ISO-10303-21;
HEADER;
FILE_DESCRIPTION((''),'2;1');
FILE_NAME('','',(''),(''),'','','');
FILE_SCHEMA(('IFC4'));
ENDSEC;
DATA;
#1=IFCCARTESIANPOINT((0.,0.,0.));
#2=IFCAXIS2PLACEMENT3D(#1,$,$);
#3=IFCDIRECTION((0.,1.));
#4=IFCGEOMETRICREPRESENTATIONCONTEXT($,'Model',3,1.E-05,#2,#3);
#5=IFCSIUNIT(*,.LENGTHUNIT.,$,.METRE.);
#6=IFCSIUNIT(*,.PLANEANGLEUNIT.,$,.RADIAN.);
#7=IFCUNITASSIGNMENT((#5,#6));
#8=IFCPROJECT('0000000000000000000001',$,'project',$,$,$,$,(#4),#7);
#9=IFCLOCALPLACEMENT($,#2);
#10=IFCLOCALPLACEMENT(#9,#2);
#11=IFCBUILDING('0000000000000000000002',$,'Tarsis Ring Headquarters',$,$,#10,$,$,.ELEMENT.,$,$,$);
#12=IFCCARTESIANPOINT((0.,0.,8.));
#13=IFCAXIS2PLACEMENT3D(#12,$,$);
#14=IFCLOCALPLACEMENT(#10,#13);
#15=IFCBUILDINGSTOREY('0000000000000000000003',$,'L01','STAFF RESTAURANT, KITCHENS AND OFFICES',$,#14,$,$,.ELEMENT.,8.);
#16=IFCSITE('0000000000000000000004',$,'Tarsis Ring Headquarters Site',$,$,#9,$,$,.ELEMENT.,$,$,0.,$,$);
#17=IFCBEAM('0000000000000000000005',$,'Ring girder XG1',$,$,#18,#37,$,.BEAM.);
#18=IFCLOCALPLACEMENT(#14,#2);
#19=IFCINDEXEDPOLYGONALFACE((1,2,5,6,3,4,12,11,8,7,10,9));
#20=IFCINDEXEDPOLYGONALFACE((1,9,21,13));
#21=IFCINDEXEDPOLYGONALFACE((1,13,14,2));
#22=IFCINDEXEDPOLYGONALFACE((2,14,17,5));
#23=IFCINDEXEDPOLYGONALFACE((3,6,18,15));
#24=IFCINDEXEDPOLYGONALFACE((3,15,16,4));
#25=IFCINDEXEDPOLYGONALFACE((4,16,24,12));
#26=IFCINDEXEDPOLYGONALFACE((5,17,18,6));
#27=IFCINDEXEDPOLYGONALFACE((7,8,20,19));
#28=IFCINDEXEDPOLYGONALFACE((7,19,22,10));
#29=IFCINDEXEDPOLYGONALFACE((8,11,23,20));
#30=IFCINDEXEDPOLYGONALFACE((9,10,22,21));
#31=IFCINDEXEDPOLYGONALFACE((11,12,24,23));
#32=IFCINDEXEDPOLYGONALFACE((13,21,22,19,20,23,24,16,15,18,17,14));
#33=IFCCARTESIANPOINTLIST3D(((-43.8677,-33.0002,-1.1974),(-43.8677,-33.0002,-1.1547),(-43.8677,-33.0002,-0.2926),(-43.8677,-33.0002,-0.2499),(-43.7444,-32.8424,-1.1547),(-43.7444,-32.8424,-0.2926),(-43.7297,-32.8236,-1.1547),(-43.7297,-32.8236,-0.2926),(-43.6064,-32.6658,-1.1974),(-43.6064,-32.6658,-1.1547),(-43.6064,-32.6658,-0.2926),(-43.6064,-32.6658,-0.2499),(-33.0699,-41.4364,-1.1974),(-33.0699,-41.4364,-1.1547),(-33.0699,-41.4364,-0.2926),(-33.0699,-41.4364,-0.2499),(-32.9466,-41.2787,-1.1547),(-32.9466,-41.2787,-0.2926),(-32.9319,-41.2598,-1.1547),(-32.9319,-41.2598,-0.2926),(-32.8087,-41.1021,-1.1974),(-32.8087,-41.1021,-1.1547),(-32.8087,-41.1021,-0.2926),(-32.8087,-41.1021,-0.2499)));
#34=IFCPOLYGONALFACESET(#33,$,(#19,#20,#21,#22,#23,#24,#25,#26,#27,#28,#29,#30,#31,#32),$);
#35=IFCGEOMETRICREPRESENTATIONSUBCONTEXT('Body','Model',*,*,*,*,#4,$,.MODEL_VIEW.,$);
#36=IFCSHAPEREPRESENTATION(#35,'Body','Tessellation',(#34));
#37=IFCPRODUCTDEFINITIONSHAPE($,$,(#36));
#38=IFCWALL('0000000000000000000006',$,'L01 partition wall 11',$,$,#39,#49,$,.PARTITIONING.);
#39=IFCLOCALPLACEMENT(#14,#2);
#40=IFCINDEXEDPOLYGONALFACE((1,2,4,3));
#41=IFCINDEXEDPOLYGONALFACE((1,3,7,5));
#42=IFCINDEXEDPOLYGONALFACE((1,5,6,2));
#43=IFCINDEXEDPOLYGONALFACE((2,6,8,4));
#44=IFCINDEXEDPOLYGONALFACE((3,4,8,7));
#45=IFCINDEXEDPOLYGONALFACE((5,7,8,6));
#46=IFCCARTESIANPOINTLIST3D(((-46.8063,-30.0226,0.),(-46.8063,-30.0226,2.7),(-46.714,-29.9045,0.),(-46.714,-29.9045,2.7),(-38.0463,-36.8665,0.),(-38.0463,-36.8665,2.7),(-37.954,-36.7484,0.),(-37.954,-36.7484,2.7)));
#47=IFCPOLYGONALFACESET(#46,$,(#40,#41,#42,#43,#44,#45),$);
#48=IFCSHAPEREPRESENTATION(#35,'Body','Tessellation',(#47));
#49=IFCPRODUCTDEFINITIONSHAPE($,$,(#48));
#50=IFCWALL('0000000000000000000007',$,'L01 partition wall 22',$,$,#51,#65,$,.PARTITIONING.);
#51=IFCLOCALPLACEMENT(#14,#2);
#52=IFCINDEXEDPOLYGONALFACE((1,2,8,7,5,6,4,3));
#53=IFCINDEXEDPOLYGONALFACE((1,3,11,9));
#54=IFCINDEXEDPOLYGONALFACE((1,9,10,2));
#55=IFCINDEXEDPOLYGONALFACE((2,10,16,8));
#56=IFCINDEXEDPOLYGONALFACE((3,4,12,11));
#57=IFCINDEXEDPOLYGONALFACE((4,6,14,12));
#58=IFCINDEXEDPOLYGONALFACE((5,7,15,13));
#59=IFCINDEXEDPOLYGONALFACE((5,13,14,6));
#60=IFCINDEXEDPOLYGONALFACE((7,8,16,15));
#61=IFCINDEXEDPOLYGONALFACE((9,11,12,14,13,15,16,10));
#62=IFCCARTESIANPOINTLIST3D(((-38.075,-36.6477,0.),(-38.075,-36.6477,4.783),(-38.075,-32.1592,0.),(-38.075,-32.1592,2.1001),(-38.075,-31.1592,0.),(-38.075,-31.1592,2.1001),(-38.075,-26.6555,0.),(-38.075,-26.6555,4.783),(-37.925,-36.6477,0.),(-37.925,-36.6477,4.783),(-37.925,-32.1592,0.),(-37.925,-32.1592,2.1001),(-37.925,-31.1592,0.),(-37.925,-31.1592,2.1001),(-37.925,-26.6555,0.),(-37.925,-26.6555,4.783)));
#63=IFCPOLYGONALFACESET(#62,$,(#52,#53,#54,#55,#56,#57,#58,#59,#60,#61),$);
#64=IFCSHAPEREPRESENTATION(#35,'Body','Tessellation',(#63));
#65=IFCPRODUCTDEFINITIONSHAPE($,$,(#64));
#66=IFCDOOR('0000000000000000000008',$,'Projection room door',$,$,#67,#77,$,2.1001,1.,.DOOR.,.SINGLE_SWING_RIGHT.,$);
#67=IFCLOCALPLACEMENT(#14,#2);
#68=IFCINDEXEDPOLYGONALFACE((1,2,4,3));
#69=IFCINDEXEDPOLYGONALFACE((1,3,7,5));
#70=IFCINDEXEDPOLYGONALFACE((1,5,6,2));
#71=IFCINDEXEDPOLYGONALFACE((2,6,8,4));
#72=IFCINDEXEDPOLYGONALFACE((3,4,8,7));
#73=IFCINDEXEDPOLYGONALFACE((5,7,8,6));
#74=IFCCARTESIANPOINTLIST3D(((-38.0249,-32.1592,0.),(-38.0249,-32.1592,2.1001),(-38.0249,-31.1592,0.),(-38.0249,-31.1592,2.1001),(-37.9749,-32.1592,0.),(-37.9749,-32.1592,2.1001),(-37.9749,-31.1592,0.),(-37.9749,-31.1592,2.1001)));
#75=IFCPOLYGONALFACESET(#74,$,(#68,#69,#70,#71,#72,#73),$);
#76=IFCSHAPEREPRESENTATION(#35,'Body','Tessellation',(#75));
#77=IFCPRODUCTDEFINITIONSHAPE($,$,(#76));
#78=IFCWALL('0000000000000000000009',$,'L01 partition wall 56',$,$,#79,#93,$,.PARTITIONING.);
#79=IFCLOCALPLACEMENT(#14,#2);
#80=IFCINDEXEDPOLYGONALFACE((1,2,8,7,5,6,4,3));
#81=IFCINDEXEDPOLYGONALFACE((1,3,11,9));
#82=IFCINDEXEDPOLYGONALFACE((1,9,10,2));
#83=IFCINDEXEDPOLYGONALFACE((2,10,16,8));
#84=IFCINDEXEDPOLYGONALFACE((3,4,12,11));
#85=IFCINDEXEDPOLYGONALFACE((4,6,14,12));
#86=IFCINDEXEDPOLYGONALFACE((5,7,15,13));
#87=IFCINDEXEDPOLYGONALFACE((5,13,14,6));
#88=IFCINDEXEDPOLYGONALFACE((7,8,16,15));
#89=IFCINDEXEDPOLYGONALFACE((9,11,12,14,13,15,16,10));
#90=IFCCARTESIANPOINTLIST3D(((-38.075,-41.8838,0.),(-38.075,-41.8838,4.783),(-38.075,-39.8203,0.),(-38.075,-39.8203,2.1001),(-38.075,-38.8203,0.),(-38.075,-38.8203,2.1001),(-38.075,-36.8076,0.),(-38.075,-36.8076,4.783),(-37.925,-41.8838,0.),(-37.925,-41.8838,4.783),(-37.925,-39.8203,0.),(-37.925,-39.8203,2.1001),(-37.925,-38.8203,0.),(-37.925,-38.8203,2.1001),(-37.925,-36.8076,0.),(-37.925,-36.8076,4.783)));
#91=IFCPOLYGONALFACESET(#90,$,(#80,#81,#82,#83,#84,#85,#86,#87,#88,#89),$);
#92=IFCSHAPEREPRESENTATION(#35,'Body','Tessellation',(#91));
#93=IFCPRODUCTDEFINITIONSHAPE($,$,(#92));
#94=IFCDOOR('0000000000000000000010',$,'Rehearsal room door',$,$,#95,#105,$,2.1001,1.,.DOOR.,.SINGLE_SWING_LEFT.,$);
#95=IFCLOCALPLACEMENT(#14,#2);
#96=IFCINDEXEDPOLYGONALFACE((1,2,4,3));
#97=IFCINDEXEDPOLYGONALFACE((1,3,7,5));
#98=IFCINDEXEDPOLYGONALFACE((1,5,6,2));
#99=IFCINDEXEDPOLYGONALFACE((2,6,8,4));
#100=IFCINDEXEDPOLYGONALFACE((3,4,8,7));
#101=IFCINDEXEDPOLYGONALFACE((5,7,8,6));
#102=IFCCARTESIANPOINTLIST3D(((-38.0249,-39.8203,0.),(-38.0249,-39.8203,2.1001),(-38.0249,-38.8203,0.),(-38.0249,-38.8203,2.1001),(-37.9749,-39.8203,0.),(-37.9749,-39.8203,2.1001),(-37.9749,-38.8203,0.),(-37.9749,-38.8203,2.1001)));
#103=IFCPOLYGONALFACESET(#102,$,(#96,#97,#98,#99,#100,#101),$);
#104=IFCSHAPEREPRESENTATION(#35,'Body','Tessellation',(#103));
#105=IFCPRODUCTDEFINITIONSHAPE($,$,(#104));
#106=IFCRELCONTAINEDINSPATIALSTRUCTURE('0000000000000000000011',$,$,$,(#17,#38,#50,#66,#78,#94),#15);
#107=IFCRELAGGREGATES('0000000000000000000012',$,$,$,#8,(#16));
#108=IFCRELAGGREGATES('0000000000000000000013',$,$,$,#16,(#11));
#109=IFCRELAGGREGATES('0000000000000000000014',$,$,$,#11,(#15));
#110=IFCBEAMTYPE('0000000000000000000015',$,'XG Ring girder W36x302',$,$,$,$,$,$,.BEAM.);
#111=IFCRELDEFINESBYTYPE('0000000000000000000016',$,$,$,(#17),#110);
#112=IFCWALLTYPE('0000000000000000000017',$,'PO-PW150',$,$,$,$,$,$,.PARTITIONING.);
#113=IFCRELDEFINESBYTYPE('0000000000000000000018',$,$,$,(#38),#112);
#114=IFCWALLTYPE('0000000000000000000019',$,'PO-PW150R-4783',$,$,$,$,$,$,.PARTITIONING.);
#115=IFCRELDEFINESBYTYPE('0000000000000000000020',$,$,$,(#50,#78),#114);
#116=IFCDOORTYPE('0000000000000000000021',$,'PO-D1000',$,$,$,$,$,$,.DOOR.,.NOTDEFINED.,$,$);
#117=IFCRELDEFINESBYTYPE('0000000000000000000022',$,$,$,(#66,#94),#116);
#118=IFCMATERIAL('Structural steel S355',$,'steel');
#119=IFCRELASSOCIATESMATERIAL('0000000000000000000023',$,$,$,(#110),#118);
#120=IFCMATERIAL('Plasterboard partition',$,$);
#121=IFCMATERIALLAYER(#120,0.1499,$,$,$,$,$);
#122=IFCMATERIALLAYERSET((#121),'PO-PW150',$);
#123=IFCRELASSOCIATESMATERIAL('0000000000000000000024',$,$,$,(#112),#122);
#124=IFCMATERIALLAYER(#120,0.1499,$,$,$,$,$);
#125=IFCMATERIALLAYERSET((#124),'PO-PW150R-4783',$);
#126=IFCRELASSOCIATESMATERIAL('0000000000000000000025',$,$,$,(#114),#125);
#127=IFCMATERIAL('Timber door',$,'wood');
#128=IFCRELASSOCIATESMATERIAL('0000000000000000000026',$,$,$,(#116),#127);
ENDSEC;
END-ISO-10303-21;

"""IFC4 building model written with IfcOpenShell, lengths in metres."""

from ifc_helpers import new_model, si_unit, direction, frame, frame_2d, origin, origin_2d, place, context, subcontext, project, spatial, rectangle, i_section, extrude, material, layer, layer_set, material_profile, profile_set, type_object, element, fill, save


model = new_model("IFC4")

# Units and contexts
model_context = context("Model", 3, precision=1e-05, world=origin(), true_north=direction((0.0, 1.0)))
body_context = subcontext(model_context, "Body", "Model", "MODEL_VIEW")
ifc_project = project(units=[si_unit("LENGTHUNIT", "METRE"), si_unit("PLANEANGLEUNIT", "RADIAN")], contexts=[model_context])

# Site, building, storey
site_placement = place(None, origin())
site = spatial("IfcSite", under=ifc_project, at=site_placement, Name="Tarsis Ring Headquarters Site", CompositionType="ELEMENT", RefElevation=0.0)
building_placement = place(site_placement, origin())
building = spatial("IfcBuilding", under=site, at=building_placement, Name="Tarsis Ring Headquarters", CompositionType="ELEMENT")
storey_placement = place(building_placement, frame((0.0, 0.0, 8.0)))
storey = spatial("IfcBuildingStorey", under=building, at=storey_placement, Name="L01", Description="STAFF RESTAURANT, KITCHENS AND OFFICES", CompositionType="ELEMENT", Elevation=8.0)

# Beam
ifc_material_1 = material(Name="Structural steel S355", Category="steel")
ifc_material_profile_1 = material_profile(ifc_material_1, i_section(OverallWidth=0.4243, OverallDepth=0.9475, WebThickness=0.0239, FlangeThickness=0.0427, at=origin_2d()), Name="W36x302")
ifc_profile_set_1 = profile_set([ifc_material_profile_1], Name="Structural steel S355")
beam_type_1 = type_object("IfcBeamType", Name="XG Ring girder W36x302", PredefinedType="BEAM", material=ifc_profile_set_1)
beam_1_placement = place(storey_placement, frame((-43.7371, -32.833, -0.7236), z_axis=(0.788008, -0.615665, 0.0), x_axis=(0.615665, 0.788008, 0.0)))
element("IfcBeam", 1, at=beam_1_placement, inside=storey, type_object=beam_type_1, Name="Ring girder XG1", PredefinedType="BEAM", context=body_context, shape_type="SweptSolid", body=[
    extrude(i_section(OverallWidth=0.4243, OverallDepth=0.9475, WebThickness=0.0239, FlangeThickness=0.0427, at=origin_2d()), origin(), (0.0, 0.0, 1.0), 13.7026),
])

# Wall
ifc_material_2 = material(Name="Plasterboard partition")
ifc_layer_1 = layer(ifc_material_2, 0.1499)
ifc_layer_set_1 = layer_set([ifc_layer_1], Name="PO-PW150")
wall_type_1 = type_object("IfcWallType", Name="PO-PW150", PredefinedType="PARTITIONING", material=ifc_layer_set_1)
wall_1_placement = place(storey_placement, frame((-46.76, -29.9636, 0.0), z_axis=(0.0, 0.0, 1.0), x_axis=(0.788014, -0.615657, 0.0)))
element("IfcWall", 2, at=wall_1_placement, inside=storey, type_object=wall_type_1, Name="L01 partition wall 11", PredefinedType="PARTITIONING", context=body_context, shape_type="SweptSolid", body=[
    extrude(rectangle(XDim=11.1165, YDim=0.1499, at=frame_2d((5.5581, 0.0))), origin(), (0.0, 0.0, 1.0), 2.7),
])

# Walls, openings, doors
ifc_layer_2 = layer(ifc_material_2, 0.1499)
ifc_layer_set_2 = layer_set([ifc_layer_2], Name="PO-PW150R-4783")
wall_type_2 = type_object("IfcWallType", Name="PO-PW150R-4783", PredefinedType="PARTITIONING", material=ifc_layer_set_2)
wall_2_placement = place(storey_placement, frame((-38.0, -36.6477, 0.0), z_axis=(0.0, 0.0, 1.0), x_axis=(0.0, 1.0, 0.0)))
wall_2 = element("IfcWall", 3, at=wall_2_placement, inside=storey, type_object=wall_type_2, Name="L01 partition wall 22", PredefinedType="PARTITIONING", context=body_context, shape_type="SweptSolid", body=[
    extrude(rectangle(XDim=9.9922, YDim=0.1499, at=frame_2d((4.9961, 0.0))), origin(), (0.0, 0.0, 1.0), 4.783),
])
opening_1_placement = place(wall_2_placement, frame((4.4885, 0.0, 0.0)))
opening_1 = element("IfcOpeningElement", 4, at=opening_1_placement, cuts=wall_2, PredefinedType="OPENING", context=body_context, shape_type="SweptSolid", body=[
    extrude(rectangle(XDim=1.0, YDim=2.1001, at=frame_2d((0.5, 1.05))), frame((0.0, 0.085, 0.0), z_axis=(0.0, -1.0, 0.0), x_axis=(1.0, 0.0, 0.0)), (0.0, 0.0, 1.0), 0.1699),
])
ifc_material_3 = material(Name="Timber door", Category="wood")
door_type = type_object("IfcDoorType", Name="PO-D1000", OperationType="NOTDEFINED", PredefinedType="DOOR", material=ifc_material_3)
door_1_placement = place(opening_1_placement, origin())
door_1 = element("IfcDoor", 5, at=door_1_placement, inside=storey, type_object=door_type, Name="Projection room door", OperationType="SINGLE_SWING_RIGHT", OverallHeight=2.1001, OverallWidth=1.0, PredefinedType="DOOR", context=body_context, shape_type="SweptSolid", body=[
    extrude(rectangle(XDim=1.0, YDim=2.1001, at=frame_2d((0.5, 1.05))), frame((0.0, 0.0249, 0.0), z_axis=(0.0, -1.0, 0.0), x_axis=(1.0, 0.0, 0.0)), (0.0, 0.0, 1.0), 0.05),
])
fill(opening_1, door_1)
wall_3_placement = place(storey_placement, frame((-38.0, -41.8838, 0.0), z_axis=(0.0, 0.0, 1.0), x_axis=(0.0, 1.0, 0.0)))
wall_3 = element("IfcWall", 6, at=wall_3_placement, inside=storey, type_object=wall_type_2, Name="L01 partition wall 56", PredefinedType="PARTITIONING", context=body_context, shape_type="SweptSolid", body=[
    extrude(rectangle(XDim=5.0762, YDim=0.1499, at=frame_2d((2.5381, 0.0))), origin(), (0.0, 0.0, 1.0), 4.783),
])
opening_2_placement = place(wall_3_placement, frame((2.0635, 0.0, 0.0)))
opening_2 = element("IfcOpeningElement", 7, at=opening_2_placement, cuts=wall_3, PredefinedType="OPENING", context=body_context, shape_type="SweptSolid", body=[
    extrude(rectangle(XDim=1.0, YDim=2.1001, at=frame_2d((0.5, 1.05))), frame((0.0, 0.085, 0.0), z_axis=(0.0, -1.0, 0.0), x_axis=(1.0, 0.0, 0.0)), (0.0, 0.0, 1.0), 0.1699),
])
door_2_placement = place(opening_2_placement, origin())
door_2 = element("IfcDoor", 8, at=door_2_placement, inside=storey, type_object=door_type, Name="Rehearsal room door", OperationType="SINGLE_SWING_LEFT", OverallHeight=2.1001, OverallWidth=1.0, PredefinedType="DOOR", context=body_context, shape_type="SweptSolid", body=[
    extrude(rectangle(XDim=1.0, YDim=2.1001, at=frame_2d((0.5, 1.05))), frame((0.0, 0.0249, 0.0), z_axis=(0.0, -1.0, 0.0), x_axis=(1.0, 0.0, 0.0)), (0.0, 0.0, 1.0), 0.05),
])
fill(opening_2, door_2)

save(model, "model.ifc")
